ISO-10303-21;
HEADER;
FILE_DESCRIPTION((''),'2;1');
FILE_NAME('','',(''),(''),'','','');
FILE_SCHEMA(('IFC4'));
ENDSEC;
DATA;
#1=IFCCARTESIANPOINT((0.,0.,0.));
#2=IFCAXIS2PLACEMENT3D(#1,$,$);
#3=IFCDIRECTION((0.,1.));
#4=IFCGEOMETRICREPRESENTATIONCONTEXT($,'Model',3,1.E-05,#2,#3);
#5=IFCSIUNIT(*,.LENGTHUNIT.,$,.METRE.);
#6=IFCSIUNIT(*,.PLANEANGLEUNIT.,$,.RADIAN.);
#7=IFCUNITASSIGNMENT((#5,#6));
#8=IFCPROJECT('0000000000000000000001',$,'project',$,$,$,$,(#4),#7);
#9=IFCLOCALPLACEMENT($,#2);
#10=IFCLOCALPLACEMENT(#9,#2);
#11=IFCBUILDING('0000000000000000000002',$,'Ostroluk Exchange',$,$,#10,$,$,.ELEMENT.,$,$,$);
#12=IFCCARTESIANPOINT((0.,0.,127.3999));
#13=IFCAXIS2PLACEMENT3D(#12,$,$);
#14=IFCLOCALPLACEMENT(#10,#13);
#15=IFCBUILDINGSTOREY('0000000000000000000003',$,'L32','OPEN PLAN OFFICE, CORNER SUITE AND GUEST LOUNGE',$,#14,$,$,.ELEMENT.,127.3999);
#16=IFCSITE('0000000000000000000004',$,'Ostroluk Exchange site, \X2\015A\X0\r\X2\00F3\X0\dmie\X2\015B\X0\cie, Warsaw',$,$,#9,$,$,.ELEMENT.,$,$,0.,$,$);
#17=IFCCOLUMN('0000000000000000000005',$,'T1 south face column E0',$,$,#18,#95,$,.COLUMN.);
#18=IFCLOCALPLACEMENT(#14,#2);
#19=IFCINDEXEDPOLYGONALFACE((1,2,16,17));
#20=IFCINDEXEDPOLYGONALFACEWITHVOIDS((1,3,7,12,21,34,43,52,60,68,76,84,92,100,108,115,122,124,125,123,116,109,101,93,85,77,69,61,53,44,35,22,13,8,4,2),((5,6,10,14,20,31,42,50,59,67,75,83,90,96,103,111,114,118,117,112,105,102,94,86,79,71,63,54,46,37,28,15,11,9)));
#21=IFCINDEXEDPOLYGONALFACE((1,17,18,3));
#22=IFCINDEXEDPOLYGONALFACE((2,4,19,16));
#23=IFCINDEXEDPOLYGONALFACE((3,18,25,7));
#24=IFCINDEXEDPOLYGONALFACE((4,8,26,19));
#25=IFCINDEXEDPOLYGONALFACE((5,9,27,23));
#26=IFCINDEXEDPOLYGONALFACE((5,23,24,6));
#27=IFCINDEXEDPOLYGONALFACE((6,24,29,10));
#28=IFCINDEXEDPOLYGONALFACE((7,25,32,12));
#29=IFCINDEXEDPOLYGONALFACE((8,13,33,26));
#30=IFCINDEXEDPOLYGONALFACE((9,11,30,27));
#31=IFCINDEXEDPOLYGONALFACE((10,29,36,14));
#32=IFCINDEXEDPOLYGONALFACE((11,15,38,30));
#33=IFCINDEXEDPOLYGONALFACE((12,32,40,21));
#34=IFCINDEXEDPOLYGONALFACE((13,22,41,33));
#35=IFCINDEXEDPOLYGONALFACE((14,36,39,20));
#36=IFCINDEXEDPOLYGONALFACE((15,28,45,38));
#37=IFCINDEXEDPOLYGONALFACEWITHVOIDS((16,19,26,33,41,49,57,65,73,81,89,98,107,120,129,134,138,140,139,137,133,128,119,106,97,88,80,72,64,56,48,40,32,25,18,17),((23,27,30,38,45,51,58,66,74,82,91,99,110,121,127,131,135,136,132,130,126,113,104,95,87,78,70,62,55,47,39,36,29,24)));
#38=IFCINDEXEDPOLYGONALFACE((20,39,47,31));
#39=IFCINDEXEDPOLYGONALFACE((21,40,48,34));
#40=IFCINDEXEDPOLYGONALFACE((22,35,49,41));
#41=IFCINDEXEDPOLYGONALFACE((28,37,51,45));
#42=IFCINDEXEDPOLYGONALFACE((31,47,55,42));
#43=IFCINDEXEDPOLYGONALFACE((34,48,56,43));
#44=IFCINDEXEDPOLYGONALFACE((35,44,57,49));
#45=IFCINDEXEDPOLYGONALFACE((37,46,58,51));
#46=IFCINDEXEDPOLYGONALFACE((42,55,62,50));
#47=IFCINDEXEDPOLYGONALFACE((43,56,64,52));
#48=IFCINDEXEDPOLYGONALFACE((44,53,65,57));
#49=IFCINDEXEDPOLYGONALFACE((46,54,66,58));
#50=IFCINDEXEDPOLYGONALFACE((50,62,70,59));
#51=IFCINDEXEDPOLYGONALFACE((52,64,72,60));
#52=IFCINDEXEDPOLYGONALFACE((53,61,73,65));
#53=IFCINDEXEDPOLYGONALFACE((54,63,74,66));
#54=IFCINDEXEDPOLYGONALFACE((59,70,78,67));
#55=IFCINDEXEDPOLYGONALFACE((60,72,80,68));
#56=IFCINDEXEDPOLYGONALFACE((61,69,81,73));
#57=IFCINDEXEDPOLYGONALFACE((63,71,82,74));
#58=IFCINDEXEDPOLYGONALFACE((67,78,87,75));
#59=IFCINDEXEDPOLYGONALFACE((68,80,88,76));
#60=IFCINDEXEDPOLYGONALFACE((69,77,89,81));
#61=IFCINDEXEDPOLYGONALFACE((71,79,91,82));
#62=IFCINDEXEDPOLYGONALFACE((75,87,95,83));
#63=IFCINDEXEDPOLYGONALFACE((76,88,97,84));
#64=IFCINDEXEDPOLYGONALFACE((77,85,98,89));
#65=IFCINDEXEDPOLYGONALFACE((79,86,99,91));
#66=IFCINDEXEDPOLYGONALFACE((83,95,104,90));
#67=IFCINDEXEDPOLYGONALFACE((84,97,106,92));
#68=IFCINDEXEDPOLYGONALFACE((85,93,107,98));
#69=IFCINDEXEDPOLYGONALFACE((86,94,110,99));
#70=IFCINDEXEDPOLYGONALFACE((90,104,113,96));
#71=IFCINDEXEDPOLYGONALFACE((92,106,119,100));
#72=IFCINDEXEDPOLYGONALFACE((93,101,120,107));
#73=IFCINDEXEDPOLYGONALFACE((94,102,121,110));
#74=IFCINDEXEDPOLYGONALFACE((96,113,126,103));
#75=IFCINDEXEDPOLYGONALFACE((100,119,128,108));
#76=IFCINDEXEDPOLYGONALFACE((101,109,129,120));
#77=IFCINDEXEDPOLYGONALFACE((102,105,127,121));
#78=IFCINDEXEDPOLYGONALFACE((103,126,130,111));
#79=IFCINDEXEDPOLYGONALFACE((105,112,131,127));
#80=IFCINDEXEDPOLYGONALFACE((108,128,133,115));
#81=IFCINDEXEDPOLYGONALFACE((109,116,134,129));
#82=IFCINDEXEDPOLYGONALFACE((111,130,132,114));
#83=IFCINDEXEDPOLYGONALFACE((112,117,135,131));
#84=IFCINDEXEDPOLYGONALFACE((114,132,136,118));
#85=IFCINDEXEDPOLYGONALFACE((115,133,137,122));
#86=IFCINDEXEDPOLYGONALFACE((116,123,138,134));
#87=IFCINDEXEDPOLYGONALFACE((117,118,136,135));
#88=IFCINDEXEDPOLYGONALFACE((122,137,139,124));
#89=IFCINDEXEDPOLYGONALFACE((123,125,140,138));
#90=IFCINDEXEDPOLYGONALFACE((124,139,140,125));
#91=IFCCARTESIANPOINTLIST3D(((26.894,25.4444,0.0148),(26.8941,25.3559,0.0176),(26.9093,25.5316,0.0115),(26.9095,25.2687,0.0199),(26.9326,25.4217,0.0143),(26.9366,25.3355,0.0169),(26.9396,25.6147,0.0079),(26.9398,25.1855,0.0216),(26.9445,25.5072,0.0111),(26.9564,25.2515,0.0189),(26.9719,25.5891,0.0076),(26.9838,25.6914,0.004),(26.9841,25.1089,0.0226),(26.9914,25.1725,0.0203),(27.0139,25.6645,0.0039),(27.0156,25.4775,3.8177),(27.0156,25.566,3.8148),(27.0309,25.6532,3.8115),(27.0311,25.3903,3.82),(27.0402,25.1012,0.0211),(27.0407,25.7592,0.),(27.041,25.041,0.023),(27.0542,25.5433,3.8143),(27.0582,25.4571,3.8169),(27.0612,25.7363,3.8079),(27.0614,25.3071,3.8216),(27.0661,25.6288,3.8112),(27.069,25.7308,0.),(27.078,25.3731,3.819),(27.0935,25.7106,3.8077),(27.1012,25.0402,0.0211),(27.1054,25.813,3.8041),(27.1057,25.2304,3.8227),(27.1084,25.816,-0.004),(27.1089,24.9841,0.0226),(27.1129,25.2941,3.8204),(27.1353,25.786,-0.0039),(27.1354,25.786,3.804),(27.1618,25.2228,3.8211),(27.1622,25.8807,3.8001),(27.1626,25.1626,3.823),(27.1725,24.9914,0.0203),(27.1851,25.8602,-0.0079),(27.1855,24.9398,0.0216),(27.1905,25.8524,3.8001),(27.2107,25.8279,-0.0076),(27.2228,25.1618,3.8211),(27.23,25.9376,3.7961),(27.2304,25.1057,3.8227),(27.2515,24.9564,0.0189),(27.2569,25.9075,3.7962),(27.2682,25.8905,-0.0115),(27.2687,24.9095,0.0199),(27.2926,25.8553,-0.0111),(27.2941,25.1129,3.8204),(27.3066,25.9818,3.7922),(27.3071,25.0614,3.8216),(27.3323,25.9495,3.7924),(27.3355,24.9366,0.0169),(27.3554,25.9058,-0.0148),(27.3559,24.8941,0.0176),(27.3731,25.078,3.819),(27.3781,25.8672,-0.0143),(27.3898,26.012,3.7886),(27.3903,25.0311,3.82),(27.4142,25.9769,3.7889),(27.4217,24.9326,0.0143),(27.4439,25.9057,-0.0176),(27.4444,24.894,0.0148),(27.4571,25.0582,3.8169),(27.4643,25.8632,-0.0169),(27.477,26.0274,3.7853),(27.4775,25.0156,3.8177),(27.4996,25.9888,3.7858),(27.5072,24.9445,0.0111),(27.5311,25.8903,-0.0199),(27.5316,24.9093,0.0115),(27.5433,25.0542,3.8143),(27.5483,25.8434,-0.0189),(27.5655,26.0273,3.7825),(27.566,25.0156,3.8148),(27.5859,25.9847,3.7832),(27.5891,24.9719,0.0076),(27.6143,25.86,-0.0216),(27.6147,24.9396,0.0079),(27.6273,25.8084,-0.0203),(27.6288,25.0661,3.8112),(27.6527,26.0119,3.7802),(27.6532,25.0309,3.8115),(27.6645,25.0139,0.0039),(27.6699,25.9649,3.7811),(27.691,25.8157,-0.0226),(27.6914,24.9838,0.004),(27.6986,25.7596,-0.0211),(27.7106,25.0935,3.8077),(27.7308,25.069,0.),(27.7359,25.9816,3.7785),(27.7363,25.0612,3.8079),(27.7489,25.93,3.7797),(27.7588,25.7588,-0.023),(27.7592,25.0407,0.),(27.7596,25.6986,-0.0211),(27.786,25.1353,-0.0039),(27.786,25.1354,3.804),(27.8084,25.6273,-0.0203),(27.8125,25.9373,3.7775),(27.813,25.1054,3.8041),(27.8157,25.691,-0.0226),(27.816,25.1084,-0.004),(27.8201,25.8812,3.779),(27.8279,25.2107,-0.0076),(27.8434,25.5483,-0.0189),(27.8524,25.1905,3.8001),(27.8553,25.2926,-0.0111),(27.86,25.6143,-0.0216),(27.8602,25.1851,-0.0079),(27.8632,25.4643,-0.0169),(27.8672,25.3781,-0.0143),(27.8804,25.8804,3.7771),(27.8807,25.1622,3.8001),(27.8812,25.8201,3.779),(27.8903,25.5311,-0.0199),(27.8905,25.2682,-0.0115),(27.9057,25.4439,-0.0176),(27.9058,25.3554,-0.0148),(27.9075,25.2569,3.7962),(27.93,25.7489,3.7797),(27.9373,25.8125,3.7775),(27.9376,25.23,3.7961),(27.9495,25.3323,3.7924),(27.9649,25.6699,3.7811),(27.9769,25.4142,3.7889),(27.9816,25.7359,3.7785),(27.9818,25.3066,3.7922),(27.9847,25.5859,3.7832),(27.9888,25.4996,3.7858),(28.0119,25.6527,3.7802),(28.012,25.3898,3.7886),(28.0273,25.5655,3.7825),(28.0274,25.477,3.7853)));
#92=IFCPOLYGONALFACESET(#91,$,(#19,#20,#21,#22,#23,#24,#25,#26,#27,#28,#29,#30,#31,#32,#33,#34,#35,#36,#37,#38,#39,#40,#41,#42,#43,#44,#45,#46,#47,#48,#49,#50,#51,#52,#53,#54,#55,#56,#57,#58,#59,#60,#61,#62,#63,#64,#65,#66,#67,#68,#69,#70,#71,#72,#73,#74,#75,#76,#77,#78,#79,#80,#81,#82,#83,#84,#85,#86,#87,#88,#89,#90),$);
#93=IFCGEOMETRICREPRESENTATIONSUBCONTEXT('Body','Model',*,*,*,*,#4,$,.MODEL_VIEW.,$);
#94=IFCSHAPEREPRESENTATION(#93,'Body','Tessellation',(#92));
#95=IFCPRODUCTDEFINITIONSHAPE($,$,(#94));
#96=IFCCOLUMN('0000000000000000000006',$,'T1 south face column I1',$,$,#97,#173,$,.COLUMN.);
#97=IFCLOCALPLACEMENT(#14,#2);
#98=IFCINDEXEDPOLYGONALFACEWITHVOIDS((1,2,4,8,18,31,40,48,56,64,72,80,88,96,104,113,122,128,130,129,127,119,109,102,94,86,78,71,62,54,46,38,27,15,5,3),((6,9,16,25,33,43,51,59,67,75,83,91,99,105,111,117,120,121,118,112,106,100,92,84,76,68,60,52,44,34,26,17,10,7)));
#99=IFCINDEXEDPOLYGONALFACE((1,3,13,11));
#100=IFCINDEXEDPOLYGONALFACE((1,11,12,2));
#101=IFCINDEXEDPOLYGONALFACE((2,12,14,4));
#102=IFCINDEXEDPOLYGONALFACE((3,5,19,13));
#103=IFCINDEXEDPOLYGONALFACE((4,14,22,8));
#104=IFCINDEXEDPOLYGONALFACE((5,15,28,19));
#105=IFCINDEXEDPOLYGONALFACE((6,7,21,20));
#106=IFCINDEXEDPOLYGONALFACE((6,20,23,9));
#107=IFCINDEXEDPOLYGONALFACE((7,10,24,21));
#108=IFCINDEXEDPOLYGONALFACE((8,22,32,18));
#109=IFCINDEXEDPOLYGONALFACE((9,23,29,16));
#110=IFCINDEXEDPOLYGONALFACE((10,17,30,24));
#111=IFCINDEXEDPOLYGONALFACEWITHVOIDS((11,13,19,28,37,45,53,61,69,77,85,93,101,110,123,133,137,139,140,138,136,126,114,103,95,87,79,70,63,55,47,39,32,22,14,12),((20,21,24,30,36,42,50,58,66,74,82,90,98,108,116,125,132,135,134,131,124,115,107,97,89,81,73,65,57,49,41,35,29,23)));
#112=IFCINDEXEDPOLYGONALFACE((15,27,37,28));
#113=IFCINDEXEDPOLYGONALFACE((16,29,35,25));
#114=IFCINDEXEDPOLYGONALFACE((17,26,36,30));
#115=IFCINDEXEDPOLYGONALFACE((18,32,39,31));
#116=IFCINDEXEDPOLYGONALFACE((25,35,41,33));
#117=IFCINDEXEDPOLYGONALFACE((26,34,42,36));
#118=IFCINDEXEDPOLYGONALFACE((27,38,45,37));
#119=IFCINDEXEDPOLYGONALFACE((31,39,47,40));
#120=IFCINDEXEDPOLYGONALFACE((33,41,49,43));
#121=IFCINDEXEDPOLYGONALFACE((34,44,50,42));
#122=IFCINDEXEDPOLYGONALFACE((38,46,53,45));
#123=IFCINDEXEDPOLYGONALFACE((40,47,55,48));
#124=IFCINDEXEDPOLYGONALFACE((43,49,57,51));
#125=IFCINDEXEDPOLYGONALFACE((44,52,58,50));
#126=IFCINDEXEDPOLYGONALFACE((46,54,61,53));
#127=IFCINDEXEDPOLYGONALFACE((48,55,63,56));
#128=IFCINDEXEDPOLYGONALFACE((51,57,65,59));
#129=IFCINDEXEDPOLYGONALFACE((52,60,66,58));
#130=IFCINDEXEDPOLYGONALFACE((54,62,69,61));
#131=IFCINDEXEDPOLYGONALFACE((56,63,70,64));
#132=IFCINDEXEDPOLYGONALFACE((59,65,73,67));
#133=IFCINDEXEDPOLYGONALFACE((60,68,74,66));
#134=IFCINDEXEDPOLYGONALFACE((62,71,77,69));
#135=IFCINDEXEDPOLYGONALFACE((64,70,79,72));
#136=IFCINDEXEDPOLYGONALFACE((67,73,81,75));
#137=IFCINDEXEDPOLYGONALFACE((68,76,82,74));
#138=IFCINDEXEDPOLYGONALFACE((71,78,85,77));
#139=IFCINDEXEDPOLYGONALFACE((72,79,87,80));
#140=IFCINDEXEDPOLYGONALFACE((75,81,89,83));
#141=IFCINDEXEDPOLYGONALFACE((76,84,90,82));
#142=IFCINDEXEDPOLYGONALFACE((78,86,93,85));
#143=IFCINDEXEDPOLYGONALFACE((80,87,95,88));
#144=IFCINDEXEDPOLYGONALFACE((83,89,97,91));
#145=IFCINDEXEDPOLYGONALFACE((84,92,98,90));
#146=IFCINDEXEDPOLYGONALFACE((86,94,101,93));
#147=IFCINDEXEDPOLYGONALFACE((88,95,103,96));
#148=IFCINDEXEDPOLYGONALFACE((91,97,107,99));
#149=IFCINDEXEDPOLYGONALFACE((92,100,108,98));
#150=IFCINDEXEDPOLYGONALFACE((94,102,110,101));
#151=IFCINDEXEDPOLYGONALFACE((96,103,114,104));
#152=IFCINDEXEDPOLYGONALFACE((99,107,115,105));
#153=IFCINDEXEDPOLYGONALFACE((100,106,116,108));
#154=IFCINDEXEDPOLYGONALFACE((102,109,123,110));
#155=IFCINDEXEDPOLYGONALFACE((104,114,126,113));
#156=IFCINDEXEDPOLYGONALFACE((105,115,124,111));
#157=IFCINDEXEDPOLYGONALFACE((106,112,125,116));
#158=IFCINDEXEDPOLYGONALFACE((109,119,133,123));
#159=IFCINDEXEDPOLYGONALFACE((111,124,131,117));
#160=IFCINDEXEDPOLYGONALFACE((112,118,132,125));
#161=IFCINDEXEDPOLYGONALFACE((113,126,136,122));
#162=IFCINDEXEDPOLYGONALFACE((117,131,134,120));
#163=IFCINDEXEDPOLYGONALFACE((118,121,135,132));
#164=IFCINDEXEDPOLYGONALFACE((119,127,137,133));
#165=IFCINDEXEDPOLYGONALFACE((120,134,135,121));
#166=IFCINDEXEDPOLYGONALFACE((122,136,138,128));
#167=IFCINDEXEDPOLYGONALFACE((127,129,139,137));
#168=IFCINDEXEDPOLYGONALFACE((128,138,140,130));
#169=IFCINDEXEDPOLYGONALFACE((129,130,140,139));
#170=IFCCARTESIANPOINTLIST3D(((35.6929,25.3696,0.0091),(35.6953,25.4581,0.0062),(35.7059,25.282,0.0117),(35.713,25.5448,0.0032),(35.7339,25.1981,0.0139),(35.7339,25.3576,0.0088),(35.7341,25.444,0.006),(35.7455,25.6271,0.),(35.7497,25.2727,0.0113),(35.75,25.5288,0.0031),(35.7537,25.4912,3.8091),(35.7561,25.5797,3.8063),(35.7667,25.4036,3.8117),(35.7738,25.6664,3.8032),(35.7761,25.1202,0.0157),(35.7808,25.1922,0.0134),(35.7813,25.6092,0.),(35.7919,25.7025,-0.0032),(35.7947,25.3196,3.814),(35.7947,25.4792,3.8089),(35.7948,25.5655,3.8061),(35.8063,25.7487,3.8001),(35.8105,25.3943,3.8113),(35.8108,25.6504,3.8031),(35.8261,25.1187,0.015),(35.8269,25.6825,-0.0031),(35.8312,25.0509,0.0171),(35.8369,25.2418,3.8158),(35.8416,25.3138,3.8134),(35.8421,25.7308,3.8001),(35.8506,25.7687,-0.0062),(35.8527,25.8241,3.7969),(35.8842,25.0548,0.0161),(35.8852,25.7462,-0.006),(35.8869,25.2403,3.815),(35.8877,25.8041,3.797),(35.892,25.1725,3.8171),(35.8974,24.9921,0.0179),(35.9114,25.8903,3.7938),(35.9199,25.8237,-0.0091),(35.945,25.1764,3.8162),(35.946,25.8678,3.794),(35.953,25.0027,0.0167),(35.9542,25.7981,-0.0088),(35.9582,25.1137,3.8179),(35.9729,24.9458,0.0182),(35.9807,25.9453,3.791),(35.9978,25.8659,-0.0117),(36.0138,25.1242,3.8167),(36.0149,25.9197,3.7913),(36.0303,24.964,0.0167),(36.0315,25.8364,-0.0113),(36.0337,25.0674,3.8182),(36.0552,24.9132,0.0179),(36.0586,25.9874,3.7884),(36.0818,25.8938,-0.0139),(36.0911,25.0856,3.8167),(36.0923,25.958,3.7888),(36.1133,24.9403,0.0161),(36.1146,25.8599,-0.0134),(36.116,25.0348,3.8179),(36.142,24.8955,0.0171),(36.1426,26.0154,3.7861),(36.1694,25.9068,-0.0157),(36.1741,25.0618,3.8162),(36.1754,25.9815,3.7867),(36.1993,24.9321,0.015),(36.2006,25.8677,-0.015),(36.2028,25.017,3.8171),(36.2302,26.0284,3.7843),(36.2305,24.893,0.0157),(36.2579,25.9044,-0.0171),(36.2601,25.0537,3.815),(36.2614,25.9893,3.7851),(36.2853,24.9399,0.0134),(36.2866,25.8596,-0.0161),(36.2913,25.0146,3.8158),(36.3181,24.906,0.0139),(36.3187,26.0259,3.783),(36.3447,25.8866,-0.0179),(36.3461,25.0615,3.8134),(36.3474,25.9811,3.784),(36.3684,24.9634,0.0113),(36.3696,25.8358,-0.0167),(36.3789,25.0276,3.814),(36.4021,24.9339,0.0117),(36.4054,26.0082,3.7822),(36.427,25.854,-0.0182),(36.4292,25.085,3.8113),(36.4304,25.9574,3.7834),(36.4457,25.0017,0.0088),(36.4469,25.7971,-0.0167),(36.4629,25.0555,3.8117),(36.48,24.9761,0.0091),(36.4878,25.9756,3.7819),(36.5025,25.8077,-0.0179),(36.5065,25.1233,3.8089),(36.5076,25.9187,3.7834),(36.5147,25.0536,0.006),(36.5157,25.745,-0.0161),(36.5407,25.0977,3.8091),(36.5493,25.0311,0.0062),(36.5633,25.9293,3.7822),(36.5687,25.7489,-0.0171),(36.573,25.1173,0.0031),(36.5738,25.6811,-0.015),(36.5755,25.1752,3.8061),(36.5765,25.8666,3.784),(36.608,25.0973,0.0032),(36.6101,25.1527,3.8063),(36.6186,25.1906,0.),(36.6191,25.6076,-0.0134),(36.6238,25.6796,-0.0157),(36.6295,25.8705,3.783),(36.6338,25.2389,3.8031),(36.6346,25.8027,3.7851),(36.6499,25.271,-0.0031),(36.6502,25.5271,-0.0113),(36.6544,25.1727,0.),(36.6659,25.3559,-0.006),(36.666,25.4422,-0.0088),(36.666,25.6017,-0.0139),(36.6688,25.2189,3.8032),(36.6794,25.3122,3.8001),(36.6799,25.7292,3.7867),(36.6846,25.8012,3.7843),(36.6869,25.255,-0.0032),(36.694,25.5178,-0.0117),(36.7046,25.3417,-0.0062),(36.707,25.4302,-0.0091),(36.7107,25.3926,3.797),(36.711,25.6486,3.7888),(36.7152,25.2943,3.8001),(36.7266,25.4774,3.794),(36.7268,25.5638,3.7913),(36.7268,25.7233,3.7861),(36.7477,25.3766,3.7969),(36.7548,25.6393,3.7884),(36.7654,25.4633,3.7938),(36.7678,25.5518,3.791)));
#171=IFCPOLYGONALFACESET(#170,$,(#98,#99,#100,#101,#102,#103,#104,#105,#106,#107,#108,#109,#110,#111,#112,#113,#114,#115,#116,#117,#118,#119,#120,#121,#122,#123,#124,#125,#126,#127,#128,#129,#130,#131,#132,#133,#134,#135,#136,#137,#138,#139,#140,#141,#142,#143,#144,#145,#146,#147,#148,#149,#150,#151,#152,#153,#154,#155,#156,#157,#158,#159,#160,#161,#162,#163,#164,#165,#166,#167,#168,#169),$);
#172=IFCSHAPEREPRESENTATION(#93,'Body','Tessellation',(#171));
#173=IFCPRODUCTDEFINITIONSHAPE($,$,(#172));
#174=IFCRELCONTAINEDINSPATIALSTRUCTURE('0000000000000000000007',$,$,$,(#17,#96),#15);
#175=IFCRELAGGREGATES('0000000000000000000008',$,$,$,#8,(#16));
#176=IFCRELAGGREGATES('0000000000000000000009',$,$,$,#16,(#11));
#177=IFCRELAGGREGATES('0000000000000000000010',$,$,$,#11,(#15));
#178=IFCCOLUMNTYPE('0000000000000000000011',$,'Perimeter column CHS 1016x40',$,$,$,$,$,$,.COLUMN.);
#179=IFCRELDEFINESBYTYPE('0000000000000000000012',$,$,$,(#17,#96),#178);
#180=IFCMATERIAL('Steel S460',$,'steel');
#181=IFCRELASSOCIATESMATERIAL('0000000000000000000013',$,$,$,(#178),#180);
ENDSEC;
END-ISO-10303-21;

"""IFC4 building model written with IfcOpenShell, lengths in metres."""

from ifc_helpers import new_model, si_unit, direction, frame, origin, origin_2d, place, context, subcontext, project, spatial, hollow_circle, extrude, material, material_profile, profile_set, type_object, element, save


model = new_model("IFC4")

# Units and contexts
model_context = context("Model", 3, precision=1e-05, world=origin(), true_north=direction((0.0, 1.0)))
body_context = subcontext(model_context, "Body", "Model", "MODEL_VIEW")
ifc_project = project(units=[si_unit("LENGTHUNIT", "METRE"), si_unit("PLANEANGLEUNIT", "RADIAN")], contexts=[model_context])

# Site, building, storey
site_placement = place(None, origin())
site = spatial("IfcSite", under=ifc_project, at=site_placement, Name="Ostroluk Exchange site, Śródmieście, Warsaw", CompositionType="ELEMENT", RefElevation=0.0)
building_placement = place(site_placement, origin())
building = spatial("IfcBuilding", under=site, at=building_placement, Name="Ostroluk Exchange", CompositionType="ELEMENT")
storey_placement = place(building_placement, frame((0.0, 0.0, 127.3999)))
storey = spatial("IfcBuildingStorey", under=building, at=storey_placement, Name="L32", Description="OPEN PLAN OFFICE, CORNER SUITE AND GUEST LOUNGE", CompositionType="ELEMENT", Elevation=127.3999)

# Columns
ifc_material_1 = material(Name="Steel S460", Category="steel")
ifc_material_profile_1 = material_profile(ifc_material_1, hollow_circle(Radius=0.5081, WallThickness=0.04, at=origin_2d()), Name="CHS 1016x40")
ifc_profile_set_1 = profile_set([ifc_material_profile_1], Name="Steel S460")
column_type = type_object("IfcColumnType", Name="Perimeter column CHS 1016x40", PredefinedType="COLUMN", material=ifc_profile_set_1)
column_1_placement = place(storey_placement, frame((27.3999, 25.3999, 0.0), z_axis=(0.031962, 0.031962, 0.998978), x_axis=(-0.707107, 0.707107, 0.0)))
element("IfcColumn", 1, at=column_1_placement, inside=storey, type_object=column_type, Name="T1 south face column E0", PredefinedType="COLUMN", context=body_context, shape_type="SweptSolid", body=[
    extrude(hollow_circle(Radius=0.5081, WallThickness=0.04, at=origin_2d()), origin(), (0.0, 0.0, 1.0), 3.804),
])
column_2_placement = place(storey_placement, frame((36.2, 25.3999, 0.0), z_axis=(0.015987, 0.031974, 0.999361), x_axis=(-0.894427, 0.447214, 0.0)))
element("IfcColumn", 2, at=column_2_placement, inside=storey, type_object=column_type, Name="T1 south face column I1", PredefinedType="COLUMN", context=body_context, shape_type="SweptSolid", body=[
    extrude(hollow_circle(Radius=0.5081, WallThickness=0.04, at=origin_2d()), origin(), (0.0, 0.0, 1.0), 3.8025),
])

save(model, "model.ifc")
